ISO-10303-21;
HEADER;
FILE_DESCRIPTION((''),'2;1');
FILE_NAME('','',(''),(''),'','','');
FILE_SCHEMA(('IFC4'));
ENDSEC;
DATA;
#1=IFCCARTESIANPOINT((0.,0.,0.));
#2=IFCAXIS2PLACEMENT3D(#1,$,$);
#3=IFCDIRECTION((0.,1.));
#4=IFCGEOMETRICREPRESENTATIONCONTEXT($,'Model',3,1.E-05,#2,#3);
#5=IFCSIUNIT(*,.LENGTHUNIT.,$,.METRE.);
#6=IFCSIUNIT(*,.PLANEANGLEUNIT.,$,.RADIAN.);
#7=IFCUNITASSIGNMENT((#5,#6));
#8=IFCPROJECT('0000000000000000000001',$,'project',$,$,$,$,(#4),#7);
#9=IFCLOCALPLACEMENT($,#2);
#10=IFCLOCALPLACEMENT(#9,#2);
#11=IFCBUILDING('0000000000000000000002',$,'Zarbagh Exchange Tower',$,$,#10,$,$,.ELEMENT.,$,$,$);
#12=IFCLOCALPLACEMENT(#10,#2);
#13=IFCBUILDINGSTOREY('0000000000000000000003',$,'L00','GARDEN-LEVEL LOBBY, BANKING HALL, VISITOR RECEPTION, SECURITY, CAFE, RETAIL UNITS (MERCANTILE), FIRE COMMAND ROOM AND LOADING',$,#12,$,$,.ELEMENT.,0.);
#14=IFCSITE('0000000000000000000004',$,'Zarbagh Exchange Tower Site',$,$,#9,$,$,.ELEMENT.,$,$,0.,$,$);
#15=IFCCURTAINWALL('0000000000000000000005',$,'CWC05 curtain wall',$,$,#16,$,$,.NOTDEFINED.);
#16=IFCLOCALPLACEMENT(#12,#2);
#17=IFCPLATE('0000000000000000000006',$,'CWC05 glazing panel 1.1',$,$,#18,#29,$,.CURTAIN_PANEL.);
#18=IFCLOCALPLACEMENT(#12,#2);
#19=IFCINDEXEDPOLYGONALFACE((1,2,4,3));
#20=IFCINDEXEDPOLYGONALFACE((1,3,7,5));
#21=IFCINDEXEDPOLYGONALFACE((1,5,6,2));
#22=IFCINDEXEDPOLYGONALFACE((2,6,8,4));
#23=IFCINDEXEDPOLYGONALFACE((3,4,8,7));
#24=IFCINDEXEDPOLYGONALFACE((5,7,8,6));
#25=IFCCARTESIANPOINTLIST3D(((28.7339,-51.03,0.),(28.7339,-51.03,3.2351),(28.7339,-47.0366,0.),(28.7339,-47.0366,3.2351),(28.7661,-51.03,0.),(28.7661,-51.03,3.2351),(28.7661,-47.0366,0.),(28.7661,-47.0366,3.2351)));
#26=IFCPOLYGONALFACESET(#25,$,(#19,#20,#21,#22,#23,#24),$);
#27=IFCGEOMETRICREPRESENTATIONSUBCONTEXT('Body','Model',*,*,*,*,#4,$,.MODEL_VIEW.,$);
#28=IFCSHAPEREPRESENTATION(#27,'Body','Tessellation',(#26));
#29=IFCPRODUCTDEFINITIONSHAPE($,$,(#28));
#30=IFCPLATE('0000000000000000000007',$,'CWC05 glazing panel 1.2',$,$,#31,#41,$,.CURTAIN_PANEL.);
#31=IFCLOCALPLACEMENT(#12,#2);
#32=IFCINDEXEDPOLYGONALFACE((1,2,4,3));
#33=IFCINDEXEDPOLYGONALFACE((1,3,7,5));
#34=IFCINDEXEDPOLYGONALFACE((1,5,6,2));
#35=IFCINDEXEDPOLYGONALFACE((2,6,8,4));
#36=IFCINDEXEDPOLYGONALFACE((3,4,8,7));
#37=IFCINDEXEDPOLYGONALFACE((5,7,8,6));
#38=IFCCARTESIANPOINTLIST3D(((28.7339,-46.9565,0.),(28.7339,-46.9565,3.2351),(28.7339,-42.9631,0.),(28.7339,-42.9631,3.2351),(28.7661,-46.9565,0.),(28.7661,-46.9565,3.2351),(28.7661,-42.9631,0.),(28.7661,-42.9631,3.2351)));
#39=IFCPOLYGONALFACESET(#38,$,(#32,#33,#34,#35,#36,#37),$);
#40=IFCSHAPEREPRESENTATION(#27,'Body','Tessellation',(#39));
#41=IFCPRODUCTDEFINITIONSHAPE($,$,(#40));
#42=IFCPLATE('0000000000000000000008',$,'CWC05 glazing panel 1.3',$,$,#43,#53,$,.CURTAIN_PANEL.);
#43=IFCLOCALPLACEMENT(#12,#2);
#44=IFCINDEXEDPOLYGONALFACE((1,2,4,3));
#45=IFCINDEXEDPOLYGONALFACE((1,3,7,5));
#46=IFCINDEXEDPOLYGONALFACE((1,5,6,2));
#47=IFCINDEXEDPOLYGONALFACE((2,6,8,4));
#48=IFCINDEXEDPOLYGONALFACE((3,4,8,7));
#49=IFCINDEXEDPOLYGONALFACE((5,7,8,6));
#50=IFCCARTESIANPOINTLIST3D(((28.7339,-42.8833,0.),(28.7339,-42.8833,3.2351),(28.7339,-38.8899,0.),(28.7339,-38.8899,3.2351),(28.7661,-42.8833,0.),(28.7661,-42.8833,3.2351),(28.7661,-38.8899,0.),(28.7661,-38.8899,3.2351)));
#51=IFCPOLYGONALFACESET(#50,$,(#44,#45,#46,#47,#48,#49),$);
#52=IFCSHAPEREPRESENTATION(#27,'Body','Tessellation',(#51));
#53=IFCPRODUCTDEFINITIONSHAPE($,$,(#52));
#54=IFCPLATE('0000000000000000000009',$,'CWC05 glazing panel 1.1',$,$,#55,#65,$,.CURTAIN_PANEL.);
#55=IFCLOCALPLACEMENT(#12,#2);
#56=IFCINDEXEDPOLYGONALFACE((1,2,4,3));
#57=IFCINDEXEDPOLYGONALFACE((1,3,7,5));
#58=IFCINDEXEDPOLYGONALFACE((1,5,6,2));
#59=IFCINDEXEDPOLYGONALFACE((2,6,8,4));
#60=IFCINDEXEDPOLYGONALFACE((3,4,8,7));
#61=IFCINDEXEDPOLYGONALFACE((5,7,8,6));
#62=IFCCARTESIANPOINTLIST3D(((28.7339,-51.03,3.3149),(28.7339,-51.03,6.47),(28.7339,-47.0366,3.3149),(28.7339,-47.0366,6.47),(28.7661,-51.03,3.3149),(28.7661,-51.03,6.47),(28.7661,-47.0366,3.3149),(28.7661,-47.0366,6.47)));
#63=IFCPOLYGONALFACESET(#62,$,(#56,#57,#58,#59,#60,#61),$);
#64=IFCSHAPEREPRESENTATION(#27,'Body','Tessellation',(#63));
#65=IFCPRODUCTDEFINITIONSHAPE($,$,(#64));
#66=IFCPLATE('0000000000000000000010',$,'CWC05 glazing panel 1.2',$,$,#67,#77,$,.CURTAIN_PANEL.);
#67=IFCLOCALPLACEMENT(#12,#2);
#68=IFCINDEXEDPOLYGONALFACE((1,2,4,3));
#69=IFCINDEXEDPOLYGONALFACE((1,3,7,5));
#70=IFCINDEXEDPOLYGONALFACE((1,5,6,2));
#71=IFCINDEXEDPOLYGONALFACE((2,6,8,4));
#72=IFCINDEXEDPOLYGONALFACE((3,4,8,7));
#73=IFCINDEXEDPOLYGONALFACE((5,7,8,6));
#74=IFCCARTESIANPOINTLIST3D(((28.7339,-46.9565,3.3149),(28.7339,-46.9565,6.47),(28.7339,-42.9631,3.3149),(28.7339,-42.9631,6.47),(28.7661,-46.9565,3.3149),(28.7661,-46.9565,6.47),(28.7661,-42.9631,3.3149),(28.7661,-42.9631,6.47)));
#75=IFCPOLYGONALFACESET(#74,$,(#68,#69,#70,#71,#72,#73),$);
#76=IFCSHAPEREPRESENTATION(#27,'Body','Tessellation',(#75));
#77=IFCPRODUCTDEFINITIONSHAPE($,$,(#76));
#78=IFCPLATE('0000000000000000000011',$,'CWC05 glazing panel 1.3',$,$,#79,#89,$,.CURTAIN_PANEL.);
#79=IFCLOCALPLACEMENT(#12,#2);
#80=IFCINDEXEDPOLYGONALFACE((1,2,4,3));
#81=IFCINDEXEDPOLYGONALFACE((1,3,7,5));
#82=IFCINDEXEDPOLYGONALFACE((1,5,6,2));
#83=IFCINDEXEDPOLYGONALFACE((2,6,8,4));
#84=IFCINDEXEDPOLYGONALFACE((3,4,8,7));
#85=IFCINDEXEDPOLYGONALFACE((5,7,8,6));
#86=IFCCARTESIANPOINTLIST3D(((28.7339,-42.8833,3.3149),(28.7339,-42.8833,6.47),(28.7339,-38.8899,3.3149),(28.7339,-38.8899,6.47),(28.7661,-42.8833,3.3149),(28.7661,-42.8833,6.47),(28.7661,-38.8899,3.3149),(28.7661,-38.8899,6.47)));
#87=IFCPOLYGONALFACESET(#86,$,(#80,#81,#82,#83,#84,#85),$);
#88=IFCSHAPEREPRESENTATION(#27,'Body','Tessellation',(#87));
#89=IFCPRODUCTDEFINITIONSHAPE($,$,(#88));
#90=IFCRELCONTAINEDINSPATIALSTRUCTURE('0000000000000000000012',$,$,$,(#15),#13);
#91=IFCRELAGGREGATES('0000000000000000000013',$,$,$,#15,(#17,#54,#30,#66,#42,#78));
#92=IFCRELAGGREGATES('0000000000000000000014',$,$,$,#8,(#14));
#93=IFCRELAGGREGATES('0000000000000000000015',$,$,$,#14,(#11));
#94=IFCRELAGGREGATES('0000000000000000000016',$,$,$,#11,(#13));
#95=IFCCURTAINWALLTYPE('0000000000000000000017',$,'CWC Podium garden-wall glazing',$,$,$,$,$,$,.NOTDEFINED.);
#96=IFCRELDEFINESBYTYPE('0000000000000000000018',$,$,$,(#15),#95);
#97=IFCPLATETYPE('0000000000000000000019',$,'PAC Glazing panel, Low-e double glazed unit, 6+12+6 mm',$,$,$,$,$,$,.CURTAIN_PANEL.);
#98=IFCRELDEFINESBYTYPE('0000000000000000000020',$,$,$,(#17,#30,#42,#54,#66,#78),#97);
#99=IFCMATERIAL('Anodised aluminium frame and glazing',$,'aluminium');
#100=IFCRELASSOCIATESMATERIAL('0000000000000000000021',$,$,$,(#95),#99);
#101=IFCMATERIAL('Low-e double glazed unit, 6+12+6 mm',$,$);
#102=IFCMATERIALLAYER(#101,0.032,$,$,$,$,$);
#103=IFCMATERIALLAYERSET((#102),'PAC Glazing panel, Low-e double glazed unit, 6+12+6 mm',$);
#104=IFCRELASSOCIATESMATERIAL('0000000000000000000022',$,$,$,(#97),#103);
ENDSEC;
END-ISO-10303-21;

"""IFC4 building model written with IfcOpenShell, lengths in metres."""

from ifc_helpers import new_model, si_unit, direction, origin, place, context, subcontext, project, spatial, polyline, outline, extrude, source, transform, mapped, material, layer, layer_set, type_object, element, aggregate, save


model = new_model("IFC4")

# Units and contexts
model_context = context("Model", 3, precision=1e-05, world=origin(), true_north=direction((0.0, 1.0)))
body_context = subcontext(model_context, "Body", "Model", "MODEL_VIEW")
ifc_project = project(units=[si_unit("LENGTHUNIT", "METRE"), si_unit("PLANEANGLEUNIT", "RADIAN")], contexts=[model_context])

# Site, building, storey
site_placement = place(None, origin())
site = spatial("IfcSite", under=ifc_project, at=site_placement, Name="Zarbagh Exchange Tower Site", CompositionType="ELEMENT", RefElevation=0.0)
building_placement = place(site_placement, origin())
building = spatial("IfcBuilding", under=site, at=building_placement, Name="Zarbagh Exchange Tower", CompositionType="ELEMENT")
storey_placement = place(building_placement, origin())
storey = spatial("IfcBuildingStorey", under=building, at=storey_placement, Name="L00", Description="GARDEN-LEVEL LOBBY, BANKING HALL, VISITOR RECEPTION, SECURITY, CAFE, RETAIL UNITS (MERCANTILE), FIRE COMMAND ROOM AND LOADING", CompositionType="ELEMENT", Elevation=0.0)

# Shared definitions
ifc_material_1 = material(Name="Anodised aluminium frame and glazing", Category="aluminium")
curtain_wall_type = type_object("IfcCurtainWallType", Name="CWC Podium garden-wall glazing", PredefinedType="NOTDEFINED", material=ifc_material_1)
placement = place(storey_placement, origin())

# Curtain wall
curtain_wall_1_placement = place(storey_placement, origin())
curtain_wall_1 = element("IfcCurtainWall", 1, at=curtain_wall_1_placement, inside=storey, type_object=curtain_wall_type, Name="CWC05 curtain wall", PredefinedType="NOTDEFINED")

# Plates
ifc_material_2 = material(Name="Low-e double glazed unit, 6+12+6 mm")
ifc_layer = layer(ifc_material_2, 0.032)
ifc_layer_set = layer_set([ifc_layer], Name="PAC Glazing panel, Low-e double glazed unit, 6+12+6 mm")
plate_type = type_object("IfcPlateType", Name="PAC Glazing panel, Low-e double glazed unit, 6+12+6 mm", PredefinedType="CURTAIN_PANEL", material=ifc_layer_set)
shared_shape_1 = source(origin(), body_context, "Body", "SweptSolid", [
    extrude(outline(polyline([(0.0, -0.0161), (3.9934, -0.0161), (3.9934, 0.0161), (0.0, 0.0161), (0.0, -0.0161)])), origin(), (0.0, 0.0, 1.0), 3.2351),
])
plate_1 = element("IfcPlate", 2, at=placement, type_object=plate_type, Name="CWC05 glazing panel 1.1", PredefinedType="CURTAIN_PANEL", context=body_context, shape_type="MappedRepresentation", body=[
    mapped(shared_shape_1, transform((28.75, -51.03, 0.0), x_axis=(0.0, 1.0, 0.0), y_axis=(-1.0, 0.0, 0.0), z_axis=(0.0, 0.0, 1.0))),
])
plate_2 = element("IfcPlate", 3, at=placement, type_object=plate_type, Name="CWC05 glazing panel 1.2", PredefinedType="CURTAIN_PANEL", context=body_context, shape_type="MappedRepresentation", body=[
    mapped(shared_shape_1, transform((28.75, -46.9565, 0.0), x_axis=(0.0, 1.0, 0.0), y_axis=(-1.0, 0.0, 0.0), z_axis=(0.0, 0.0, 1.0))),
])
plate_3 = element("IfcPlate", 4, at=placement, type_object=plate_type, Name="CWC05 glazing panel 1.3", PredefinedType="CURTAIN_PANEL", context=body_context, shape_type="MappedRepresentation", body=[
    mapped(shared_shape_1, transform((28.75, -42.8833, 0.0), x_axis=(0.0, 1.0, 0.0), y_axis=(-1.0, 0.0, 0.0), z_axis=(0.0, 0.0, 1.0))),
])
shared_shape_2 = source(origin(), body_context, "Body", "SweptSolid", [
    extrude(outline(polyline([(0.0, -0.0161), (3.9934, -0.0161), (3.9934, 0.0161), (0.0, 0.0161), (0.0, -0.0161)])), origin(), (0.0, 0.0, 1.0), 3.155),
])
plate_4 = element("IfcPlate", 5, at=placement, type_object=plate_type, Name="CWC05 glazing panel 1.1", PredefinedType="CURTAIN_PANEL", context=body_context, shape_type="MappedRepresentation", body=[
    mapped(shared_shape_2, transform((28.75, -51.03, 3.3149), x_axis=(0.0, 1.0, 0.0), y_axis=(-1.0, 0.0, 0.0), z_axis=(0.0, 0.0, 1.0))),
])
plate_5 = element("IfcPlate", 6, at=placement, type_object=plate_type, Name="CWC05 glazing panel 1.2", PredefinedType="CURTAIN_PANEL", context=body_context, shape_type="MappedRepresentation", body=[
    mapped(shared_shape_2, transform((28.75, -46.9565, 3.3149), x_axis=(0.0, 1.0, 0.0), y_axis=(-1.0, 0.0, 0.0), z_axis=(0.0, 0.0, 1.0))),
])
plate_6 = element("IfcPlate", 7, at=placement, type_object=plate_type, Name="CWC05 glazing panel 1.3", PredefinedType="CURTAIN_PANEL", context=body_context, shape_type="MappedRepresentation", body=[
    mapped(shared_shape_2, transform((28.75, -42.8833, 3.3149), x_axis=(0.0, 1.0, 0.0), y_axis=(-1.0, 0.0, 0.0), z_axis=(0.0, 0.0, 1.0))),
])
aggregate(curtain_wall_1, [plate_1, plate_4, plate_2, plate_5, plate_3, plate_6])

save(model, "model.ifc")
